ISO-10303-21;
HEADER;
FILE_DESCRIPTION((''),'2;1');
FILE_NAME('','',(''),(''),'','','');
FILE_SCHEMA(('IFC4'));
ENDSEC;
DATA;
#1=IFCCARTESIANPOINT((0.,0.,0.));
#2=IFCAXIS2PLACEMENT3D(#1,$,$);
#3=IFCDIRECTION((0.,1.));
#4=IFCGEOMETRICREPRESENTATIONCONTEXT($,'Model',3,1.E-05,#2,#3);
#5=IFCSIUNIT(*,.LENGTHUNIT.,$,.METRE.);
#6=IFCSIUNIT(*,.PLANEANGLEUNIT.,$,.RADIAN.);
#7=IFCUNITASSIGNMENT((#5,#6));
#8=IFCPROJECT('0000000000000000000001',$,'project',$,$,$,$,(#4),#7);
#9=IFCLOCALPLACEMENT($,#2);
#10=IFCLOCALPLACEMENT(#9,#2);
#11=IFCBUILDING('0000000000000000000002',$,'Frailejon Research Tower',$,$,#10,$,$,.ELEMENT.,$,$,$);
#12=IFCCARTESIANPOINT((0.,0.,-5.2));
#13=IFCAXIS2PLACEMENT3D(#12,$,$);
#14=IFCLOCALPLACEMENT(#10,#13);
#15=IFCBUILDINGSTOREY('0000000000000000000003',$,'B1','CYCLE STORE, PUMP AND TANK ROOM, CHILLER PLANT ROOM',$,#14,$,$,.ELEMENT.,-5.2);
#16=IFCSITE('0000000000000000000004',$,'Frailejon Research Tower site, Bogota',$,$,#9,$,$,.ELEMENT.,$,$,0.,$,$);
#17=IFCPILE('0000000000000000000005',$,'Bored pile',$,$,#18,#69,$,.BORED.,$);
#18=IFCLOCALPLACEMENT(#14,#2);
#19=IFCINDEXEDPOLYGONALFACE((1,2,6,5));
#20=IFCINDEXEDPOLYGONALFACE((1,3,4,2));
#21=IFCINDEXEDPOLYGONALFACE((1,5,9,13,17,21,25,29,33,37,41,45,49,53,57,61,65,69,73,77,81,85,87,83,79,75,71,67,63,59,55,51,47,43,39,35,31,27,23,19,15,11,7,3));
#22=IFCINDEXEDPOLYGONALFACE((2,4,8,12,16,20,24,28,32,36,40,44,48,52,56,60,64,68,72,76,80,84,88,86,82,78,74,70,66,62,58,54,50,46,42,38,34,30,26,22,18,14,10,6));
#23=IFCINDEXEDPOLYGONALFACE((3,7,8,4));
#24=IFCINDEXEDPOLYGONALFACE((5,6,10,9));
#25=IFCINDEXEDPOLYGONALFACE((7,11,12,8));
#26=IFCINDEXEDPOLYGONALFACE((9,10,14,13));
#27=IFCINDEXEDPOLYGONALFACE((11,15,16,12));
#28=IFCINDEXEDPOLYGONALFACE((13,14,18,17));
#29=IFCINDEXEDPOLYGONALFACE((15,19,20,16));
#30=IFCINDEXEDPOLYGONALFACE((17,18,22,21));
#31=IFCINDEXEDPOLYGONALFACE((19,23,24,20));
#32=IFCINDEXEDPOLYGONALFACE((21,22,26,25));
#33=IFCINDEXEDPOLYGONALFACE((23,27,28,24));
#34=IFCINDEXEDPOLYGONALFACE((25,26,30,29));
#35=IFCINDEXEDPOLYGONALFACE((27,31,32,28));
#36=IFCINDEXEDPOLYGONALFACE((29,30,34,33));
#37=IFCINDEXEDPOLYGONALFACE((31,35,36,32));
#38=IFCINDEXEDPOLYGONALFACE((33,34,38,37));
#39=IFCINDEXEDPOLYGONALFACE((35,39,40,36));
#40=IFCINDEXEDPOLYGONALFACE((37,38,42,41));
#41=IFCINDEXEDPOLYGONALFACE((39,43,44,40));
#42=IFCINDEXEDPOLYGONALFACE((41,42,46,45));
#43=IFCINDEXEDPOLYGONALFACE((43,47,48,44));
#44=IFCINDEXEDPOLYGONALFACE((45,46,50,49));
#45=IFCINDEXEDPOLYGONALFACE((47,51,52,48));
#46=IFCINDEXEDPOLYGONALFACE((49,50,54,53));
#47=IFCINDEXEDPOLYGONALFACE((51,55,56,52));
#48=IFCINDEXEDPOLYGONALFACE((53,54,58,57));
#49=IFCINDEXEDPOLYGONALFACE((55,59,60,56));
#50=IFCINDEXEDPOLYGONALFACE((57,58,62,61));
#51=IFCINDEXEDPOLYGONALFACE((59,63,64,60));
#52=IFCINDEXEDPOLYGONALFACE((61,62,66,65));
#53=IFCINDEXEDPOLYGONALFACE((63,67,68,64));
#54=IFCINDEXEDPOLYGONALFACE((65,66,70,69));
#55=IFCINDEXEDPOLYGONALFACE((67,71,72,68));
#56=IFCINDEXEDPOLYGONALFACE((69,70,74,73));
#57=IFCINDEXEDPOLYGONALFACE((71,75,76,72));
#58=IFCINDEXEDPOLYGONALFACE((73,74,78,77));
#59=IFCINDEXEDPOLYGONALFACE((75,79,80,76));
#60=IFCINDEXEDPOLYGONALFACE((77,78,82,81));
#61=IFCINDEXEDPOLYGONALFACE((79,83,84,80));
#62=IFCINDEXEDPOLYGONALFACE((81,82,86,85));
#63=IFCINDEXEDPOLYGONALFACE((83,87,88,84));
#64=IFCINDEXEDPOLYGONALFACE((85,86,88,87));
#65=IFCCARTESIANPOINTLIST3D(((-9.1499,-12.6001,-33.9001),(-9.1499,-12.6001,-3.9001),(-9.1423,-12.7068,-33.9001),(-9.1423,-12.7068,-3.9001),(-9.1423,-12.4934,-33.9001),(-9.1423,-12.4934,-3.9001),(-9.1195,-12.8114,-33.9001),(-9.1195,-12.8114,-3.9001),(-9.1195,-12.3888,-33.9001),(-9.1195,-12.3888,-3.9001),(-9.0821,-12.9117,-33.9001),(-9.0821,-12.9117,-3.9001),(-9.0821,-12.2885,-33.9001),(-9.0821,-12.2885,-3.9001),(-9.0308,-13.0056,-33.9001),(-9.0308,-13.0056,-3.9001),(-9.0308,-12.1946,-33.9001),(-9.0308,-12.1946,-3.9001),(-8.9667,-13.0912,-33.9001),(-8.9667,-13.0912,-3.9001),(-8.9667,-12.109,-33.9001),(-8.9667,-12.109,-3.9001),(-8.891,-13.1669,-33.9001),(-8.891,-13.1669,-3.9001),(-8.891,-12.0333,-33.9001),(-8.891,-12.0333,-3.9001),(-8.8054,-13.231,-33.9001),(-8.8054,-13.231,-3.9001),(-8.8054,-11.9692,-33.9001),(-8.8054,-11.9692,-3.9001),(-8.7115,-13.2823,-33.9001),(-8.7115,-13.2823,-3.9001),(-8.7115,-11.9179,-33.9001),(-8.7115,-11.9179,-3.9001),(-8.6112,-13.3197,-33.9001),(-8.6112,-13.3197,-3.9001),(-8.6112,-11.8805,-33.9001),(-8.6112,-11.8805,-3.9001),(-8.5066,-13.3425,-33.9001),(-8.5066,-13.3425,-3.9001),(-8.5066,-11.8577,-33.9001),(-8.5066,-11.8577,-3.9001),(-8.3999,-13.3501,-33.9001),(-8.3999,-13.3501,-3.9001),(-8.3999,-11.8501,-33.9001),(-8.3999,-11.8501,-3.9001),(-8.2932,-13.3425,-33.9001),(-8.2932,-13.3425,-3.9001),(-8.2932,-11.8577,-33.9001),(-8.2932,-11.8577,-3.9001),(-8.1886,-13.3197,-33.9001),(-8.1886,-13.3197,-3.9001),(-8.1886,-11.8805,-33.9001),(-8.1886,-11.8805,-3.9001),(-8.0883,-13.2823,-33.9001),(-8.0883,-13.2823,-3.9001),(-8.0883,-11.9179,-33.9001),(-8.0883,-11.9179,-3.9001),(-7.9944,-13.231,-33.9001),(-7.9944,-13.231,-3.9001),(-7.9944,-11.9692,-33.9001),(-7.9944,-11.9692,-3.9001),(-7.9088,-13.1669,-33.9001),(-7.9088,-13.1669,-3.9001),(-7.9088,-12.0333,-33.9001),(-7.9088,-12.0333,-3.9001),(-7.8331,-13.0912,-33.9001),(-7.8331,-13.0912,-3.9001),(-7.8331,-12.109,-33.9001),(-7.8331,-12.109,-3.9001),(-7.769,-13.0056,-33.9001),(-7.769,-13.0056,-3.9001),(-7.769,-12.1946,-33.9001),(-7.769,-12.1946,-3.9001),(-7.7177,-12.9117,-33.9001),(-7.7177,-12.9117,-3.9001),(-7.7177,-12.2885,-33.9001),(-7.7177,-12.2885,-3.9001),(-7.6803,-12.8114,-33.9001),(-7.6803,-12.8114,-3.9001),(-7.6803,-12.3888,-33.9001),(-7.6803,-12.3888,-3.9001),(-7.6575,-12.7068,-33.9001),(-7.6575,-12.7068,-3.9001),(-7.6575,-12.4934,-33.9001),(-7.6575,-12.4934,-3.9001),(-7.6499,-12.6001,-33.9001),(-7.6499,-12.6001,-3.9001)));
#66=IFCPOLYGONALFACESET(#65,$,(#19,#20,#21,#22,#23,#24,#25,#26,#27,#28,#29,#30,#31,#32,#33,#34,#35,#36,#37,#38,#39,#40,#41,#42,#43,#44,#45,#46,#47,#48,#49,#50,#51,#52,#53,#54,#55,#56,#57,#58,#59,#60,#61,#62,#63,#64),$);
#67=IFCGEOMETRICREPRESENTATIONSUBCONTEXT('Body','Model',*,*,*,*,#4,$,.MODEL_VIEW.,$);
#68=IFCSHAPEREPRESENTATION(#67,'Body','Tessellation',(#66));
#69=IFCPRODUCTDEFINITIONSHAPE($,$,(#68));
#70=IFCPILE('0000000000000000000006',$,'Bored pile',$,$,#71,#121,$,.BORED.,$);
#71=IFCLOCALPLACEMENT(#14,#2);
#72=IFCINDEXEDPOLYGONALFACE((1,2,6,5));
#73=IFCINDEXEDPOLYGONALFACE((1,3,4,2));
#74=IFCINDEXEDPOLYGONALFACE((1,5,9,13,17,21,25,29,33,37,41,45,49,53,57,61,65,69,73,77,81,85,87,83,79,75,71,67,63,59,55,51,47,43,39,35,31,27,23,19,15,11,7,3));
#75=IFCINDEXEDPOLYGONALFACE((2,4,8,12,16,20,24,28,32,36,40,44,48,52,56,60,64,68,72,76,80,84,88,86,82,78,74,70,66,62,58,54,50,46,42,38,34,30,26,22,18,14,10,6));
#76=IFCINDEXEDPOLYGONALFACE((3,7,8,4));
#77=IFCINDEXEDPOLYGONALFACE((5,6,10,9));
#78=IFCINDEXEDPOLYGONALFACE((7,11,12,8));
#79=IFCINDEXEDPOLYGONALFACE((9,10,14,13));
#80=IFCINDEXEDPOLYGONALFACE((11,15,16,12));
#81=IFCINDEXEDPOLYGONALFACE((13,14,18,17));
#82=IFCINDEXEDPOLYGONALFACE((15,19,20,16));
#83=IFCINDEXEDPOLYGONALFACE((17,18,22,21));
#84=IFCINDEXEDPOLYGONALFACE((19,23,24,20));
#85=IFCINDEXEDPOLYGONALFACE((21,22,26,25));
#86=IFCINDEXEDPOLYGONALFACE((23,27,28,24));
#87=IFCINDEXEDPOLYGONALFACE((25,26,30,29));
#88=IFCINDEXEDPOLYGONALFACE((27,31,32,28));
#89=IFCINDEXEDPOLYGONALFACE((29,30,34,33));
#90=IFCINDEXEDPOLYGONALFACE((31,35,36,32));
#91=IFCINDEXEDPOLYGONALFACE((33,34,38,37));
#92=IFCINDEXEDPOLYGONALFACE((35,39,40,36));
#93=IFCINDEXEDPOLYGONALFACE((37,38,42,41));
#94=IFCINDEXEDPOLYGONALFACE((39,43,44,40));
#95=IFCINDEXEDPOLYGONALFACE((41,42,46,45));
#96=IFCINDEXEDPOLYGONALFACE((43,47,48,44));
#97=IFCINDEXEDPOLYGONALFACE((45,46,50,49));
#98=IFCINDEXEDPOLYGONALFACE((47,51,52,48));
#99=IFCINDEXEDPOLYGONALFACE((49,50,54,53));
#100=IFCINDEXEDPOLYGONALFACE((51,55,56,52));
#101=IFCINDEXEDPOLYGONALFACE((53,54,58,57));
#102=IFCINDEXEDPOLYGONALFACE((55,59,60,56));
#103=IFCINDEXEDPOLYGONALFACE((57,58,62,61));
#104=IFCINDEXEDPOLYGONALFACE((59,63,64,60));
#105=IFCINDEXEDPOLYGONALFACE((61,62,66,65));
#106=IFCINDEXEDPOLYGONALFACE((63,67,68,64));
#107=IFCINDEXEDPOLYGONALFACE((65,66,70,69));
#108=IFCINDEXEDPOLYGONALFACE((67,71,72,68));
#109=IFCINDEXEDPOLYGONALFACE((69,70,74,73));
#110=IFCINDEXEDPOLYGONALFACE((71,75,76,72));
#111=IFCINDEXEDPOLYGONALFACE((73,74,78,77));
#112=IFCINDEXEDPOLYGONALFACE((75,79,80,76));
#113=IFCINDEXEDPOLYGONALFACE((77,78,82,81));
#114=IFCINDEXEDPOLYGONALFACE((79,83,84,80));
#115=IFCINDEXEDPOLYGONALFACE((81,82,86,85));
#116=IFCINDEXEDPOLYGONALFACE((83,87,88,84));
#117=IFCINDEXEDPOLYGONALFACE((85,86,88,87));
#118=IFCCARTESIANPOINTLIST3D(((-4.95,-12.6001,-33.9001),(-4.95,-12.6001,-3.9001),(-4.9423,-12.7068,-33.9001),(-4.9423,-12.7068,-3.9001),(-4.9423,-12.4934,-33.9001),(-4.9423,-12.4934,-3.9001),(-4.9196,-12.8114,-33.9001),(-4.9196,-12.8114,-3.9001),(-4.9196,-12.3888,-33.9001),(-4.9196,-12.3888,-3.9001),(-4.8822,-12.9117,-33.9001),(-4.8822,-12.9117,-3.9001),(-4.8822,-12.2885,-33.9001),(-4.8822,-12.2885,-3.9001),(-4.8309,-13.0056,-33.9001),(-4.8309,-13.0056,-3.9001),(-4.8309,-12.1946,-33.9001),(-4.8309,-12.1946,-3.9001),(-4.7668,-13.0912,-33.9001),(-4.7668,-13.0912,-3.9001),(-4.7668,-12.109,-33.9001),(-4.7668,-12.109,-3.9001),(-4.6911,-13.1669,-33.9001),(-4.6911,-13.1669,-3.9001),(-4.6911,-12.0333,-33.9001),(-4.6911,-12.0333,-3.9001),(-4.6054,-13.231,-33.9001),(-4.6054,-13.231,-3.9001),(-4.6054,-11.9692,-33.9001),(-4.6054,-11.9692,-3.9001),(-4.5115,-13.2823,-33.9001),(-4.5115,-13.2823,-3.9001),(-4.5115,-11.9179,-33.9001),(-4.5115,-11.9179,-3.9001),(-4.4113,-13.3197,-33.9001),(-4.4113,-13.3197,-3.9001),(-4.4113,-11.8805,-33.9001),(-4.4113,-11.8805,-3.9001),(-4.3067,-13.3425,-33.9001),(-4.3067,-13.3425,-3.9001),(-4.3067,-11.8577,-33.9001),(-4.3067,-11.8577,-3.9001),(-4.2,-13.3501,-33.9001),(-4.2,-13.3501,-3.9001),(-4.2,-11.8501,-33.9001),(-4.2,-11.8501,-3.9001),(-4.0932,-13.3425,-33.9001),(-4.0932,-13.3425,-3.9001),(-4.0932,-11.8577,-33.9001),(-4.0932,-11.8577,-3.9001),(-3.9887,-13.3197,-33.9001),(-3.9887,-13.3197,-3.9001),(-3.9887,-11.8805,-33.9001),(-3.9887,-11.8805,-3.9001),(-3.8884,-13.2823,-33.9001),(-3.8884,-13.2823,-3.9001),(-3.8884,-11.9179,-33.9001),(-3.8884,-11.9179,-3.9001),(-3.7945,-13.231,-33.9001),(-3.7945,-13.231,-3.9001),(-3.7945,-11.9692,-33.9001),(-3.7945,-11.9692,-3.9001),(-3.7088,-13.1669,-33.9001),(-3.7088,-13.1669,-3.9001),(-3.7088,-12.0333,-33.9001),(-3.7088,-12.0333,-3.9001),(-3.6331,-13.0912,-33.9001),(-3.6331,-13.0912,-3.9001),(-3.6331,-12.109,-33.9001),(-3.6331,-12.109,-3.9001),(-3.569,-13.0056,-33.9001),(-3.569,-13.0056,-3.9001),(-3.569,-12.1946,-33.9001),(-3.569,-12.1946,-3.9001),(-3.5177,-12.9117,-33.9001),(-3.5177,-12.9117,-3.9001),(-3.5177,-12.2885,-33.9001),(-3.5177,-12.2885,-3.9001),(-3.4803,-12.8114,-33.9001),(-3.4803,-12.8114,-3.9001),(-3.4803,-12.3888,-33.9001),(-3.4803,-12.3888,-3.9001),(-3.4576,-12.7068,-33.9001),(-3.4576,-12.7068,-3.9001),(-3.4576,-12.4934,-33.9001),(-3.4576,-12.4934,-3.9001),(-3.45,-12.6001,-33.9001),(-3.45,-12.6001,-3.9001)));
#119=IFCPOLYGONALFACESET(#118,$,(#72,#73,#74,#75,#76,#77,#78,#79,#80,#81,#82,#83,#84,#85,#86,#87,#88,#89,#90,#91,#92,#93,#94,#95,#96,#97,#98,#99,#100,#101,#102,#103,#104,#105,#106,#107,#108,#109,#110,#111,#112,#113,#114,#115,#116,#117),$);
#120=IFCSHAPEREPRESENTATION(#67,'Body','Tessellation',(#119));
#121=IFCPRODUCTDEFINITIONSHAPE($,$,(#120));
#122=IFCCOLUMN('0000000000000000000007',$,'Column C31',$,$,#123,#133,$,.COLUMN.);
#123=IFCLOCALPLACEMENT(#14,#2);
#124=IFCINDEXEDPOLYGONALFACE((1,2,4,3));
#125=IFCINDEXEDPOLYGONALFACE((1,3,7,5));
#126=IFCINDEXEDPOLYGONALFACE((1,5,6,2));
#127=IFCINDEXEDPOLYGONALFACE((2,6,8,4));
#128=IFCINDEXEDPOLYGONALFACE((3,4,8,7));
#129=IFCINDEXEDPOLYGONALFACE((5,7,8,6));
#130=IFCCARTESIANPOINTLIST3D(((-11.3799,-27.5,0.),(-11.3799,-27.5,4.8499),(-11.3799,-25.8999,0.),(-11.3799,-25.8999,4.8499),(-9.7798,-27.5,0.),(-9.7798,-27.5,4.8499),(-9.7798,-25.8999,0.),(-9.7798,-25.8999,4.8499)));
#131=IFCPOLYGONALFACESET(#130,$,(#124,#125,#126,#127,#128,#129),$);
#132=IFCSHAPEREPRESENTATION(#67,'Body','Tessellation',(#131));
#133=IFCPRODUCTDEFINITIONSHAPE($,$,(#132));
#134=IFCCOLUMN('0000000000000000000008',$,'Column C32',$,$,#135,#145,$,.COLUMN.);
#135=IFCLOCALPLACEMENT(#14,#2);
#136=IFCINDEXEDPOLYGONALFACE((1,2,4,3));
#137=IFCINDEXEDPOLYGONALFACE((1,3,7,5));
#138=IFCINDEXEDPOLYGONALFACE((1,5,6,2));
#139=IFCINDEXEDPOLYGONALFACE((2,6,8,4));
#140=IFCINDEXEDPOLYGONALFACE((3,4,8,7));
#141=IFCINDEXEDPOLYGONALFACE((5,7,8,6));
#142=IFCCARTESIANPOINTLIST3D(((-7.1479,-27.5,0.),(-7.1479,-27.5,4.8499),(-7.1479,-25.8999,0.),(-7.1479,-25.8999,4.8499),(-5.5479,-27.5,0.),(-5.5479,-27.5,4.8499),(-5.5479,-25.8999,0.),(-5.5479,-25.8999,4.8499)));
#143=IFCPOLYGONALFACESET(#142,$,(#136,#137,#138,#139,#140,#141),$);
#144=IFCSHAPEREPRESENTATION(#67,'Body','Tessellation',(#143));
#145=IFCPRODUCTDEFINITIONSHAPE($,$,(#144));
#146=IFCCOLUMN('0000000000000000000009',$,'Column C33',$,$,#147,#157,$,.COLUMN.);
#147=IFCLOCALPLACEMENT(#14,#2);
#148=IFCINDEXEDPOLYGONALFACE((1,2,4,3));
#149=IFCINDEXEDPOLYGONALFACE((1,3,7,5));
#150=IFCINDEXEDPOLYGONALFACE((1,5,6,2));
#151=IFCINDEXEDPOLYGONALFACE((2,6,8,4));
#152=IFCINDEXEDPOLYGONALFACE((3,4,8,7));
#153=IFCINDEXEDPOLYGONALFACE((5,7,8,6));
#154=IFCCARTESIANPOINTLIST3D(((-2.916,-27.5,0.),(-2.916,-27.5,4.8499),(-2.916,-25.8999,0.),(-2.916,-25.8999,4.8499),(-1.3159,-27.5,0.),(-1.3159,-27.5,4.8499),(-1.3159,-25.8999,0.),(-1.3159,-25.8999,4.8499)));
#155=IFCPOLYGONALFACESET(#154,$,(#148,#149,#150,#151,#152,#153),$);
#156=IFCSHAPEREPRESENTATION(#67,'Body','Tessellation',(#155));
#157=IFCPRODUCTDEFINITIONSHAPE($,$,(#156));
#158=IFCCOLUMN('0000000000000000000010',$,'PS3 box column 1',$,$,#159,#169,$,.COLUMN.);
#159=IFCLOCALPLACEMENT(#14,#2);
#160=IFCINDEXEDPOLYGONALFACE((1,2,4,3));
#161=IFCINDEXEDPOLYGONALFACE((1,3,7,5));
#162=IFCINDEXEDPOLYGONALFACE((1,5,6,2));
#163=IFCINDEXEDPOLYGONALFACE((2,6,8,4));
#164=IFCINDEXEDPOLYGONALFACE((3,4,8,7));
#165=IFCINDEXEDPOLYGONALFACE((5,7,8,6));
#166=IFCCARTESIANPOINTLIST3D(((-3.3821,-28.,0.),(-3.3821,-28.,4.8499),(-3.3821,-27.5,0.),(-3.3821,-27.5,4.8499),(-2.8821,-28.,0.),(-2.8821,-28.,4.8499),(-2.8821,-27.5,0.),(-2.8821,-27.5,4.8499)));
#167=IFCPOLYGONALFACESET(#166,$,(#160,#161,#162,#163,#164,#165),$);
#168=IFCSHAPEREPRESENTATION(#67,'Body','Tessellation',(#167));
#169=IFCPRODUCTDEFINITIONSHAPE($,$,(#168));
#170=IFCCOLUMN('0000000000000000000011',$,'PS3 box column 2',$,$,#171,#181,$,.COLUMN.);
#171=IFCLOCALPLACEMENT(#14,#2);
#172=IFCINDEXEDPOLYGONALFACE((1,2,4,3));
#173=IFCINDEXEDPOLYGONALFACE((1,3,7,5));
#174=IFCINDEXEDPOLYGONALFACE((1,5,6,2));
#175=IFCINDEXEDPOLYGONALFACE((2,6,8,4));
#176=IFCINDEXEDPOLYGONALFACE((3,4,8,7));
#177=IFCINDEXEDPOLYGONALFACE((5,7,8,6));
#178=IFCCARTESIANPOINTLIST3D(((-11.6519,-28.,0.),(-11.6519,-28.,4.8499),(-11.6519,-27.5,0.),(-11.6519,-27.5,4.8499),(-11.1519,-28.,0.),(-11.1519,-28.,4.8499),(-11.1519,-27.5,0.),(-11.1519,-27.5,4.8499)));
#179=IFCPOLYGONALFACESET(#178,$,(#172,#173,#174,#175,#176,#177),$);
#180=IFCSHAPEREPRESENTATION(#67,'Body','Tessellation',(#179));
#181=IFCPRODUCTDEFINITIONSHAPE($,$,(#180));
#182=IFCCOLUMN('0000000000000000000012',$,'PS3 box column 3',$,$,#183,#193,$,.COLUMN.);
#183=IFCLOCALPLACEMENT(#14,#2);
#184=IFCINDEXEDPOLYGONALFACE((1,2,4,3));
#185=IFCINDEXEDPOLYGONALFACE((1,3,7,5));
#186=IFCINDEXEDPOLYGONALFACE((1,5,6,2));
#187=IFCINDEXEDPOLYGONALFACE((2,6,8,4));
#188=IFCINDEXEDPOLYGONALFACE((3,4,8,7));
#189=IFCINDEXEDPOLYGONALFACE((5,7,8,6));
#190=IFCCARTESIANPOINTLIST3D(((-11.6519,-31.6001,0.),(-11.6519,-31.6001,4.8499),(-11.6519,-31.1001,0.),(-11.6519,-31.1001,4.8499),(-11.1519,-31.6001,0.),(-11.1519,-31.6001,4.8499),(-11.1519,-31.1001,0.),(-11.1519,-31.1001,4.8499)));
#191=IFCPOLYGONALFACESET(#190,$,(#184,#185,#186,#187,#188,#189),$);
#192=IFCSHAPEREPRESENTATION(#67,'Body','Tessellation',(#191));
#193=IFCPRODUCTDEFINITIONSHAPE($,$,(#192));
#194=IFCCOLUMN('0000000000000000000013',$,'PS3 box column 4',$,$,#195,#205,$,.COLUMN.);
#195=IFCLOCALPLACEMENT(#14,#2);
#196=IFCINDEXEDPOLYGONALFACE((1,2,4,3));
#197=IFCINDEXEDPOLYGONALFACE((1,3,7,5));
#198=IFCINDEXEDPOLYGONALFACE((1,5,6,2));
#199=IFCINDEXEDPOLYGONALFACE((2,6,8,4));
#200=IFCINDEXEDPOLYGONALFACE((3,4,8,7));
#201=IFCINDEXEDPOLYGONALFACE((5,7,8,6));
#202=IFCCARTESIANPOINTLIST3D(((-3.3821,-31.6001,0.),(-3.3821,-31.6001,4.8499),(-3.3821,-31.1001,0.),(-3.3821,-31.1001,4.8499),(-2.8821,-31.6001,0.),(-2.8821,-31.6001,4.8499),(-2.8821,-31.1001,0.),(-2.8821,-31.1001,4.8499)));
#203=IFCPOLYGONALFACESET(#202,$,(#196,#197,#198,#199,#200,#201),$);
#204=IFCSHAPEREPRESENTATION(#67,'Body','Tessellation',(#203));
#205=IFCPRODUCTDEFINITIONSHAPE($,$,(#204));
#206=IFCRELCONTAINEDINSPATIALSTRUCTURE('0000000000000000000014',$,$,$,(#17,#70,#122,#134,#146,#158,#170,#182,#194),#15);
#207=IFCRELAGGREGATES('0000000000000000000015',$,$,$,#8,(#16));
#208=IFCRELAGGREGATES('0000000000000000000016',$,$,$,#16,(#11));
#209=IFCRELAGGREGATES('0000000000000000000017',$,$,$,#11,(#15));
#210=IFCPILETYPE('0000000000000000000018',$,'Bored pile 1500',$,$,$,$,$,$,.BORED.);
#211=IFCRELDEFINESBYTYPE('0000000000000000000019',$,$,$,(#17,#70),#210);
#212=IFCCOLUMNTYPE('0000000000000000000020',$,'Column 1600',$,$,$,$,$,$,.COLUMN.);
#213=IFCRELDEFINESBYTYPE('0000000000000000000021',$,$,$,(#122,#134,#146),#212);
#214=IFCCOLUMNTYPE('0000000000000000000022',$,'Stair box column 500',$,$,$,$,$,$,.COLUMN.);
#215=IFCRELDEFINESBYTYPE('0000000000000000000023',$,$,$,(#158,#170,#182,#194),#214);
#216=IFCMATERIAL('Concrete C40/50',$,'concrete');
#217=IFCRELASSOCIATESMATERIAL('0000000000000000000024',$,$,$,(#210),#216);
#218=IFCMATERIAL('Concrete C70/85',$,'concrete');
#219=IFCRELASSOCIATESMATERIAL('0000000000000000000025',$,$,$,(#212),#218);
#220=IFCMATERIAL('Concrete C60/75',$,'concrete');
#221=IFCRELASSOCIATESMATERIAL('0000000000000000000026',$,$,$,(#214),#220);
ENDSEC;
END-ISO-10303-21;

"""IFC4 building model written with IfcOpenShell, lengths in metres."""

from ifc_helpers import new_model, si_unit, direction, frame, origin, origin_2d, place, context, subcontext, project, spatial, rectangle, circle, extrude, material, material_profile, profile_set, type_object, element, save


model = new_model("IFC4")

# Units and contexts
model_context = context("Model", 3, precision=1e-05, world=origin(), true_north=direction((0.0, 1.0)))
body_context = subcontext(model_context, "Body", "Model", "MODEL_VIEW")
ifc_project = project(units=[si_unit("LENGTHUNIT", "METRE"), si_unit("PLANEANGLEUNIT", "RADIAN")], contexts=[model_context])

# Site, building, storey
site_placement = place(None, origin())
site = spatial("IfcSite", under=ifc_project, at=site_placement, Name="Frailejon Research Tower site, Bogota", CompositionType="ELEMENT", RefElevation=0.0)
building_placement = place(site_placement, origin())
building = spatial("IfcBuilding", under=site, at=building_placement, Name="Frailejon Research Tower", CompositionType="ELEMENT")
storey_placement = place(building_placement, frame((0.0, 0.0, -5.2)))
storey = spatial("IfcBuildingStorey", under=building, at=storey_placement, Name="B1", Description="CYCLE STORE, PUMP AND TANK ROOM, CHILLER PLANT ROOM", CompositionType="ELEMENT", Elevation=-5.2)

# Piles
ifc_material_1 = material(Name="Concrete C40/50", Category="concrete")
ifc_material_profile_1 = material_profile(ifc_material_1, circle(Radius=0.75, at=origin_2d()), Name="Bored pile 1500")
ifc_profile_set_1 = profile_set([ifc_material_profile_1], Name="Concrete C40/50")
pile_type = type_object("IfcPileType", Name="Bored pile 1500", PredefinedType="BORED", material=ifc_profile_set_1)
for number, where, z_axis, x_axis, name in (
    (1, (-8.3999, -12.6001, -3.9001), (0.0, 0.0, -1.0), (1.0, 0.0, 0.0), "Bored pile"),
    (2, (-4.2, -12.6001, -3.9001), (0.0, 0.0, -1.0), (1.0, 0.0, 0.0), "Bored pile"),
):
    element("IfcPile", number, at=place(storey_placement, frame(where, z_axis=z_axis, x_axis=x_axis)), inside=storey, type_object=pile_type, Name=name, PredefinedType="BORED", context=body_context, shape_type="SweptSolid", body=[
        extrude(circle(Radius=0.75, at=origin_2d()), origin(), (0.0, 0.0, 1.0), 30.0),
    ])

# Columns
ifc_material_2 = material(Name="Concrete C70/85", Category="concrete")
ifc_material_profile_2 = material_profile(ifc_material_2, rectangle(XDim=1.6001, YDim=1.6001, at=origin_2d()), Name="Column 1600")
ifc_profile_set_2 = profile_set([ifc_material_profile_2], Name="Concrete C70/85")
column_type_1 = type_object("IfcColumnType", Name="Column 1600", PredefinedType="COLUMN", material=ifc_profile_set_2)
for number, where, z_axis, x_axis, name in (
    (3, (-10.5798, -26.7, 0.0), (0.0, 0.0, 1.0), (1.0, 0.0, 0.0), "Column C31"),
    (4, (-6.3479, -26.7, 0.0), (0.0, 0.0, 1.0), (1.0, 0.0, 0.0), "Column C32"),
    (5, (-2.116, -26.7, 0.0), (0.0, 0.0, 1.0), (1.0, 0.0, 0.0), "Column C33"),
):
    element("IfcColumn", number, at=place(storey_placement, frame(where, z_axis=z_axis, x_axis=x_axis)), inside=storey, type_object=column_type_1, Name=name, PredefinedType="COLUMN", context=body_context, shape_type="SweptSolid", body=[
        extrude(rectangle(XDim=1.6001, YDim=1.6001, at=origin_2d()), origin(), (0.0, 0.0, 1.0), 4.8499),
    ])
ifc_material_3 = material(Name="Concrete C60/75", Category="concrete")
ifc_material_profile_3 = material_profile(ifc_material_3, rectangle(XDim=0.5, YDim=0.5, at=origin_2d()), Name="Stair box column 500")
ifc_profile_set_3 = profile_set([ifc_material_profile_3], Name="Concrete C60/75")
column_type_2 = type_object("IfcColumnType", Name="Stair box column 500", PredefinedType="COLUMN", material=ifc_profile_set_3)
for number, where, z_axis, x_axis, name in (
    (6, (-3.1321, -27.75, 0.0), (0.0, 0.0, 1.0), (1.0, 0.0, 0.0), "PS3 box column 1"),
    (7, (-11.4019, -27.75, 0.0), (0.0, 0.0, 1.0), (1.0, 0.0, 0.0), "PS3 box column 2"),
    (8, (-11.4019, -31.3501, 0.0), (0.0, 0.0, 1.0), (1.0, 0.0, 0.0), "PS3 box column 3"),
    (9, (-3.1321, -31.3501, 0.0), (0.0, 0.0, 1.0), (1.0, 0.0, 0.0), "PS3 box column 4"),
):
    element("IfcColumn", number, at=place(storey_placement, frame(where, z_axis=z_axis, x_axis=x_axis)), inside=storey, type_object=column_type_2, Name=name, PredefinedType="COLUMN", context=body_context, shape_type="SweptSolid", body=[
        extrude(rectangle(XDim=0.5, YDim=0.5, at=origin_2d()), origin(), (0.0, 0.0, 1.0), 4.8499),
    ])

save(model, "model.ifc")
